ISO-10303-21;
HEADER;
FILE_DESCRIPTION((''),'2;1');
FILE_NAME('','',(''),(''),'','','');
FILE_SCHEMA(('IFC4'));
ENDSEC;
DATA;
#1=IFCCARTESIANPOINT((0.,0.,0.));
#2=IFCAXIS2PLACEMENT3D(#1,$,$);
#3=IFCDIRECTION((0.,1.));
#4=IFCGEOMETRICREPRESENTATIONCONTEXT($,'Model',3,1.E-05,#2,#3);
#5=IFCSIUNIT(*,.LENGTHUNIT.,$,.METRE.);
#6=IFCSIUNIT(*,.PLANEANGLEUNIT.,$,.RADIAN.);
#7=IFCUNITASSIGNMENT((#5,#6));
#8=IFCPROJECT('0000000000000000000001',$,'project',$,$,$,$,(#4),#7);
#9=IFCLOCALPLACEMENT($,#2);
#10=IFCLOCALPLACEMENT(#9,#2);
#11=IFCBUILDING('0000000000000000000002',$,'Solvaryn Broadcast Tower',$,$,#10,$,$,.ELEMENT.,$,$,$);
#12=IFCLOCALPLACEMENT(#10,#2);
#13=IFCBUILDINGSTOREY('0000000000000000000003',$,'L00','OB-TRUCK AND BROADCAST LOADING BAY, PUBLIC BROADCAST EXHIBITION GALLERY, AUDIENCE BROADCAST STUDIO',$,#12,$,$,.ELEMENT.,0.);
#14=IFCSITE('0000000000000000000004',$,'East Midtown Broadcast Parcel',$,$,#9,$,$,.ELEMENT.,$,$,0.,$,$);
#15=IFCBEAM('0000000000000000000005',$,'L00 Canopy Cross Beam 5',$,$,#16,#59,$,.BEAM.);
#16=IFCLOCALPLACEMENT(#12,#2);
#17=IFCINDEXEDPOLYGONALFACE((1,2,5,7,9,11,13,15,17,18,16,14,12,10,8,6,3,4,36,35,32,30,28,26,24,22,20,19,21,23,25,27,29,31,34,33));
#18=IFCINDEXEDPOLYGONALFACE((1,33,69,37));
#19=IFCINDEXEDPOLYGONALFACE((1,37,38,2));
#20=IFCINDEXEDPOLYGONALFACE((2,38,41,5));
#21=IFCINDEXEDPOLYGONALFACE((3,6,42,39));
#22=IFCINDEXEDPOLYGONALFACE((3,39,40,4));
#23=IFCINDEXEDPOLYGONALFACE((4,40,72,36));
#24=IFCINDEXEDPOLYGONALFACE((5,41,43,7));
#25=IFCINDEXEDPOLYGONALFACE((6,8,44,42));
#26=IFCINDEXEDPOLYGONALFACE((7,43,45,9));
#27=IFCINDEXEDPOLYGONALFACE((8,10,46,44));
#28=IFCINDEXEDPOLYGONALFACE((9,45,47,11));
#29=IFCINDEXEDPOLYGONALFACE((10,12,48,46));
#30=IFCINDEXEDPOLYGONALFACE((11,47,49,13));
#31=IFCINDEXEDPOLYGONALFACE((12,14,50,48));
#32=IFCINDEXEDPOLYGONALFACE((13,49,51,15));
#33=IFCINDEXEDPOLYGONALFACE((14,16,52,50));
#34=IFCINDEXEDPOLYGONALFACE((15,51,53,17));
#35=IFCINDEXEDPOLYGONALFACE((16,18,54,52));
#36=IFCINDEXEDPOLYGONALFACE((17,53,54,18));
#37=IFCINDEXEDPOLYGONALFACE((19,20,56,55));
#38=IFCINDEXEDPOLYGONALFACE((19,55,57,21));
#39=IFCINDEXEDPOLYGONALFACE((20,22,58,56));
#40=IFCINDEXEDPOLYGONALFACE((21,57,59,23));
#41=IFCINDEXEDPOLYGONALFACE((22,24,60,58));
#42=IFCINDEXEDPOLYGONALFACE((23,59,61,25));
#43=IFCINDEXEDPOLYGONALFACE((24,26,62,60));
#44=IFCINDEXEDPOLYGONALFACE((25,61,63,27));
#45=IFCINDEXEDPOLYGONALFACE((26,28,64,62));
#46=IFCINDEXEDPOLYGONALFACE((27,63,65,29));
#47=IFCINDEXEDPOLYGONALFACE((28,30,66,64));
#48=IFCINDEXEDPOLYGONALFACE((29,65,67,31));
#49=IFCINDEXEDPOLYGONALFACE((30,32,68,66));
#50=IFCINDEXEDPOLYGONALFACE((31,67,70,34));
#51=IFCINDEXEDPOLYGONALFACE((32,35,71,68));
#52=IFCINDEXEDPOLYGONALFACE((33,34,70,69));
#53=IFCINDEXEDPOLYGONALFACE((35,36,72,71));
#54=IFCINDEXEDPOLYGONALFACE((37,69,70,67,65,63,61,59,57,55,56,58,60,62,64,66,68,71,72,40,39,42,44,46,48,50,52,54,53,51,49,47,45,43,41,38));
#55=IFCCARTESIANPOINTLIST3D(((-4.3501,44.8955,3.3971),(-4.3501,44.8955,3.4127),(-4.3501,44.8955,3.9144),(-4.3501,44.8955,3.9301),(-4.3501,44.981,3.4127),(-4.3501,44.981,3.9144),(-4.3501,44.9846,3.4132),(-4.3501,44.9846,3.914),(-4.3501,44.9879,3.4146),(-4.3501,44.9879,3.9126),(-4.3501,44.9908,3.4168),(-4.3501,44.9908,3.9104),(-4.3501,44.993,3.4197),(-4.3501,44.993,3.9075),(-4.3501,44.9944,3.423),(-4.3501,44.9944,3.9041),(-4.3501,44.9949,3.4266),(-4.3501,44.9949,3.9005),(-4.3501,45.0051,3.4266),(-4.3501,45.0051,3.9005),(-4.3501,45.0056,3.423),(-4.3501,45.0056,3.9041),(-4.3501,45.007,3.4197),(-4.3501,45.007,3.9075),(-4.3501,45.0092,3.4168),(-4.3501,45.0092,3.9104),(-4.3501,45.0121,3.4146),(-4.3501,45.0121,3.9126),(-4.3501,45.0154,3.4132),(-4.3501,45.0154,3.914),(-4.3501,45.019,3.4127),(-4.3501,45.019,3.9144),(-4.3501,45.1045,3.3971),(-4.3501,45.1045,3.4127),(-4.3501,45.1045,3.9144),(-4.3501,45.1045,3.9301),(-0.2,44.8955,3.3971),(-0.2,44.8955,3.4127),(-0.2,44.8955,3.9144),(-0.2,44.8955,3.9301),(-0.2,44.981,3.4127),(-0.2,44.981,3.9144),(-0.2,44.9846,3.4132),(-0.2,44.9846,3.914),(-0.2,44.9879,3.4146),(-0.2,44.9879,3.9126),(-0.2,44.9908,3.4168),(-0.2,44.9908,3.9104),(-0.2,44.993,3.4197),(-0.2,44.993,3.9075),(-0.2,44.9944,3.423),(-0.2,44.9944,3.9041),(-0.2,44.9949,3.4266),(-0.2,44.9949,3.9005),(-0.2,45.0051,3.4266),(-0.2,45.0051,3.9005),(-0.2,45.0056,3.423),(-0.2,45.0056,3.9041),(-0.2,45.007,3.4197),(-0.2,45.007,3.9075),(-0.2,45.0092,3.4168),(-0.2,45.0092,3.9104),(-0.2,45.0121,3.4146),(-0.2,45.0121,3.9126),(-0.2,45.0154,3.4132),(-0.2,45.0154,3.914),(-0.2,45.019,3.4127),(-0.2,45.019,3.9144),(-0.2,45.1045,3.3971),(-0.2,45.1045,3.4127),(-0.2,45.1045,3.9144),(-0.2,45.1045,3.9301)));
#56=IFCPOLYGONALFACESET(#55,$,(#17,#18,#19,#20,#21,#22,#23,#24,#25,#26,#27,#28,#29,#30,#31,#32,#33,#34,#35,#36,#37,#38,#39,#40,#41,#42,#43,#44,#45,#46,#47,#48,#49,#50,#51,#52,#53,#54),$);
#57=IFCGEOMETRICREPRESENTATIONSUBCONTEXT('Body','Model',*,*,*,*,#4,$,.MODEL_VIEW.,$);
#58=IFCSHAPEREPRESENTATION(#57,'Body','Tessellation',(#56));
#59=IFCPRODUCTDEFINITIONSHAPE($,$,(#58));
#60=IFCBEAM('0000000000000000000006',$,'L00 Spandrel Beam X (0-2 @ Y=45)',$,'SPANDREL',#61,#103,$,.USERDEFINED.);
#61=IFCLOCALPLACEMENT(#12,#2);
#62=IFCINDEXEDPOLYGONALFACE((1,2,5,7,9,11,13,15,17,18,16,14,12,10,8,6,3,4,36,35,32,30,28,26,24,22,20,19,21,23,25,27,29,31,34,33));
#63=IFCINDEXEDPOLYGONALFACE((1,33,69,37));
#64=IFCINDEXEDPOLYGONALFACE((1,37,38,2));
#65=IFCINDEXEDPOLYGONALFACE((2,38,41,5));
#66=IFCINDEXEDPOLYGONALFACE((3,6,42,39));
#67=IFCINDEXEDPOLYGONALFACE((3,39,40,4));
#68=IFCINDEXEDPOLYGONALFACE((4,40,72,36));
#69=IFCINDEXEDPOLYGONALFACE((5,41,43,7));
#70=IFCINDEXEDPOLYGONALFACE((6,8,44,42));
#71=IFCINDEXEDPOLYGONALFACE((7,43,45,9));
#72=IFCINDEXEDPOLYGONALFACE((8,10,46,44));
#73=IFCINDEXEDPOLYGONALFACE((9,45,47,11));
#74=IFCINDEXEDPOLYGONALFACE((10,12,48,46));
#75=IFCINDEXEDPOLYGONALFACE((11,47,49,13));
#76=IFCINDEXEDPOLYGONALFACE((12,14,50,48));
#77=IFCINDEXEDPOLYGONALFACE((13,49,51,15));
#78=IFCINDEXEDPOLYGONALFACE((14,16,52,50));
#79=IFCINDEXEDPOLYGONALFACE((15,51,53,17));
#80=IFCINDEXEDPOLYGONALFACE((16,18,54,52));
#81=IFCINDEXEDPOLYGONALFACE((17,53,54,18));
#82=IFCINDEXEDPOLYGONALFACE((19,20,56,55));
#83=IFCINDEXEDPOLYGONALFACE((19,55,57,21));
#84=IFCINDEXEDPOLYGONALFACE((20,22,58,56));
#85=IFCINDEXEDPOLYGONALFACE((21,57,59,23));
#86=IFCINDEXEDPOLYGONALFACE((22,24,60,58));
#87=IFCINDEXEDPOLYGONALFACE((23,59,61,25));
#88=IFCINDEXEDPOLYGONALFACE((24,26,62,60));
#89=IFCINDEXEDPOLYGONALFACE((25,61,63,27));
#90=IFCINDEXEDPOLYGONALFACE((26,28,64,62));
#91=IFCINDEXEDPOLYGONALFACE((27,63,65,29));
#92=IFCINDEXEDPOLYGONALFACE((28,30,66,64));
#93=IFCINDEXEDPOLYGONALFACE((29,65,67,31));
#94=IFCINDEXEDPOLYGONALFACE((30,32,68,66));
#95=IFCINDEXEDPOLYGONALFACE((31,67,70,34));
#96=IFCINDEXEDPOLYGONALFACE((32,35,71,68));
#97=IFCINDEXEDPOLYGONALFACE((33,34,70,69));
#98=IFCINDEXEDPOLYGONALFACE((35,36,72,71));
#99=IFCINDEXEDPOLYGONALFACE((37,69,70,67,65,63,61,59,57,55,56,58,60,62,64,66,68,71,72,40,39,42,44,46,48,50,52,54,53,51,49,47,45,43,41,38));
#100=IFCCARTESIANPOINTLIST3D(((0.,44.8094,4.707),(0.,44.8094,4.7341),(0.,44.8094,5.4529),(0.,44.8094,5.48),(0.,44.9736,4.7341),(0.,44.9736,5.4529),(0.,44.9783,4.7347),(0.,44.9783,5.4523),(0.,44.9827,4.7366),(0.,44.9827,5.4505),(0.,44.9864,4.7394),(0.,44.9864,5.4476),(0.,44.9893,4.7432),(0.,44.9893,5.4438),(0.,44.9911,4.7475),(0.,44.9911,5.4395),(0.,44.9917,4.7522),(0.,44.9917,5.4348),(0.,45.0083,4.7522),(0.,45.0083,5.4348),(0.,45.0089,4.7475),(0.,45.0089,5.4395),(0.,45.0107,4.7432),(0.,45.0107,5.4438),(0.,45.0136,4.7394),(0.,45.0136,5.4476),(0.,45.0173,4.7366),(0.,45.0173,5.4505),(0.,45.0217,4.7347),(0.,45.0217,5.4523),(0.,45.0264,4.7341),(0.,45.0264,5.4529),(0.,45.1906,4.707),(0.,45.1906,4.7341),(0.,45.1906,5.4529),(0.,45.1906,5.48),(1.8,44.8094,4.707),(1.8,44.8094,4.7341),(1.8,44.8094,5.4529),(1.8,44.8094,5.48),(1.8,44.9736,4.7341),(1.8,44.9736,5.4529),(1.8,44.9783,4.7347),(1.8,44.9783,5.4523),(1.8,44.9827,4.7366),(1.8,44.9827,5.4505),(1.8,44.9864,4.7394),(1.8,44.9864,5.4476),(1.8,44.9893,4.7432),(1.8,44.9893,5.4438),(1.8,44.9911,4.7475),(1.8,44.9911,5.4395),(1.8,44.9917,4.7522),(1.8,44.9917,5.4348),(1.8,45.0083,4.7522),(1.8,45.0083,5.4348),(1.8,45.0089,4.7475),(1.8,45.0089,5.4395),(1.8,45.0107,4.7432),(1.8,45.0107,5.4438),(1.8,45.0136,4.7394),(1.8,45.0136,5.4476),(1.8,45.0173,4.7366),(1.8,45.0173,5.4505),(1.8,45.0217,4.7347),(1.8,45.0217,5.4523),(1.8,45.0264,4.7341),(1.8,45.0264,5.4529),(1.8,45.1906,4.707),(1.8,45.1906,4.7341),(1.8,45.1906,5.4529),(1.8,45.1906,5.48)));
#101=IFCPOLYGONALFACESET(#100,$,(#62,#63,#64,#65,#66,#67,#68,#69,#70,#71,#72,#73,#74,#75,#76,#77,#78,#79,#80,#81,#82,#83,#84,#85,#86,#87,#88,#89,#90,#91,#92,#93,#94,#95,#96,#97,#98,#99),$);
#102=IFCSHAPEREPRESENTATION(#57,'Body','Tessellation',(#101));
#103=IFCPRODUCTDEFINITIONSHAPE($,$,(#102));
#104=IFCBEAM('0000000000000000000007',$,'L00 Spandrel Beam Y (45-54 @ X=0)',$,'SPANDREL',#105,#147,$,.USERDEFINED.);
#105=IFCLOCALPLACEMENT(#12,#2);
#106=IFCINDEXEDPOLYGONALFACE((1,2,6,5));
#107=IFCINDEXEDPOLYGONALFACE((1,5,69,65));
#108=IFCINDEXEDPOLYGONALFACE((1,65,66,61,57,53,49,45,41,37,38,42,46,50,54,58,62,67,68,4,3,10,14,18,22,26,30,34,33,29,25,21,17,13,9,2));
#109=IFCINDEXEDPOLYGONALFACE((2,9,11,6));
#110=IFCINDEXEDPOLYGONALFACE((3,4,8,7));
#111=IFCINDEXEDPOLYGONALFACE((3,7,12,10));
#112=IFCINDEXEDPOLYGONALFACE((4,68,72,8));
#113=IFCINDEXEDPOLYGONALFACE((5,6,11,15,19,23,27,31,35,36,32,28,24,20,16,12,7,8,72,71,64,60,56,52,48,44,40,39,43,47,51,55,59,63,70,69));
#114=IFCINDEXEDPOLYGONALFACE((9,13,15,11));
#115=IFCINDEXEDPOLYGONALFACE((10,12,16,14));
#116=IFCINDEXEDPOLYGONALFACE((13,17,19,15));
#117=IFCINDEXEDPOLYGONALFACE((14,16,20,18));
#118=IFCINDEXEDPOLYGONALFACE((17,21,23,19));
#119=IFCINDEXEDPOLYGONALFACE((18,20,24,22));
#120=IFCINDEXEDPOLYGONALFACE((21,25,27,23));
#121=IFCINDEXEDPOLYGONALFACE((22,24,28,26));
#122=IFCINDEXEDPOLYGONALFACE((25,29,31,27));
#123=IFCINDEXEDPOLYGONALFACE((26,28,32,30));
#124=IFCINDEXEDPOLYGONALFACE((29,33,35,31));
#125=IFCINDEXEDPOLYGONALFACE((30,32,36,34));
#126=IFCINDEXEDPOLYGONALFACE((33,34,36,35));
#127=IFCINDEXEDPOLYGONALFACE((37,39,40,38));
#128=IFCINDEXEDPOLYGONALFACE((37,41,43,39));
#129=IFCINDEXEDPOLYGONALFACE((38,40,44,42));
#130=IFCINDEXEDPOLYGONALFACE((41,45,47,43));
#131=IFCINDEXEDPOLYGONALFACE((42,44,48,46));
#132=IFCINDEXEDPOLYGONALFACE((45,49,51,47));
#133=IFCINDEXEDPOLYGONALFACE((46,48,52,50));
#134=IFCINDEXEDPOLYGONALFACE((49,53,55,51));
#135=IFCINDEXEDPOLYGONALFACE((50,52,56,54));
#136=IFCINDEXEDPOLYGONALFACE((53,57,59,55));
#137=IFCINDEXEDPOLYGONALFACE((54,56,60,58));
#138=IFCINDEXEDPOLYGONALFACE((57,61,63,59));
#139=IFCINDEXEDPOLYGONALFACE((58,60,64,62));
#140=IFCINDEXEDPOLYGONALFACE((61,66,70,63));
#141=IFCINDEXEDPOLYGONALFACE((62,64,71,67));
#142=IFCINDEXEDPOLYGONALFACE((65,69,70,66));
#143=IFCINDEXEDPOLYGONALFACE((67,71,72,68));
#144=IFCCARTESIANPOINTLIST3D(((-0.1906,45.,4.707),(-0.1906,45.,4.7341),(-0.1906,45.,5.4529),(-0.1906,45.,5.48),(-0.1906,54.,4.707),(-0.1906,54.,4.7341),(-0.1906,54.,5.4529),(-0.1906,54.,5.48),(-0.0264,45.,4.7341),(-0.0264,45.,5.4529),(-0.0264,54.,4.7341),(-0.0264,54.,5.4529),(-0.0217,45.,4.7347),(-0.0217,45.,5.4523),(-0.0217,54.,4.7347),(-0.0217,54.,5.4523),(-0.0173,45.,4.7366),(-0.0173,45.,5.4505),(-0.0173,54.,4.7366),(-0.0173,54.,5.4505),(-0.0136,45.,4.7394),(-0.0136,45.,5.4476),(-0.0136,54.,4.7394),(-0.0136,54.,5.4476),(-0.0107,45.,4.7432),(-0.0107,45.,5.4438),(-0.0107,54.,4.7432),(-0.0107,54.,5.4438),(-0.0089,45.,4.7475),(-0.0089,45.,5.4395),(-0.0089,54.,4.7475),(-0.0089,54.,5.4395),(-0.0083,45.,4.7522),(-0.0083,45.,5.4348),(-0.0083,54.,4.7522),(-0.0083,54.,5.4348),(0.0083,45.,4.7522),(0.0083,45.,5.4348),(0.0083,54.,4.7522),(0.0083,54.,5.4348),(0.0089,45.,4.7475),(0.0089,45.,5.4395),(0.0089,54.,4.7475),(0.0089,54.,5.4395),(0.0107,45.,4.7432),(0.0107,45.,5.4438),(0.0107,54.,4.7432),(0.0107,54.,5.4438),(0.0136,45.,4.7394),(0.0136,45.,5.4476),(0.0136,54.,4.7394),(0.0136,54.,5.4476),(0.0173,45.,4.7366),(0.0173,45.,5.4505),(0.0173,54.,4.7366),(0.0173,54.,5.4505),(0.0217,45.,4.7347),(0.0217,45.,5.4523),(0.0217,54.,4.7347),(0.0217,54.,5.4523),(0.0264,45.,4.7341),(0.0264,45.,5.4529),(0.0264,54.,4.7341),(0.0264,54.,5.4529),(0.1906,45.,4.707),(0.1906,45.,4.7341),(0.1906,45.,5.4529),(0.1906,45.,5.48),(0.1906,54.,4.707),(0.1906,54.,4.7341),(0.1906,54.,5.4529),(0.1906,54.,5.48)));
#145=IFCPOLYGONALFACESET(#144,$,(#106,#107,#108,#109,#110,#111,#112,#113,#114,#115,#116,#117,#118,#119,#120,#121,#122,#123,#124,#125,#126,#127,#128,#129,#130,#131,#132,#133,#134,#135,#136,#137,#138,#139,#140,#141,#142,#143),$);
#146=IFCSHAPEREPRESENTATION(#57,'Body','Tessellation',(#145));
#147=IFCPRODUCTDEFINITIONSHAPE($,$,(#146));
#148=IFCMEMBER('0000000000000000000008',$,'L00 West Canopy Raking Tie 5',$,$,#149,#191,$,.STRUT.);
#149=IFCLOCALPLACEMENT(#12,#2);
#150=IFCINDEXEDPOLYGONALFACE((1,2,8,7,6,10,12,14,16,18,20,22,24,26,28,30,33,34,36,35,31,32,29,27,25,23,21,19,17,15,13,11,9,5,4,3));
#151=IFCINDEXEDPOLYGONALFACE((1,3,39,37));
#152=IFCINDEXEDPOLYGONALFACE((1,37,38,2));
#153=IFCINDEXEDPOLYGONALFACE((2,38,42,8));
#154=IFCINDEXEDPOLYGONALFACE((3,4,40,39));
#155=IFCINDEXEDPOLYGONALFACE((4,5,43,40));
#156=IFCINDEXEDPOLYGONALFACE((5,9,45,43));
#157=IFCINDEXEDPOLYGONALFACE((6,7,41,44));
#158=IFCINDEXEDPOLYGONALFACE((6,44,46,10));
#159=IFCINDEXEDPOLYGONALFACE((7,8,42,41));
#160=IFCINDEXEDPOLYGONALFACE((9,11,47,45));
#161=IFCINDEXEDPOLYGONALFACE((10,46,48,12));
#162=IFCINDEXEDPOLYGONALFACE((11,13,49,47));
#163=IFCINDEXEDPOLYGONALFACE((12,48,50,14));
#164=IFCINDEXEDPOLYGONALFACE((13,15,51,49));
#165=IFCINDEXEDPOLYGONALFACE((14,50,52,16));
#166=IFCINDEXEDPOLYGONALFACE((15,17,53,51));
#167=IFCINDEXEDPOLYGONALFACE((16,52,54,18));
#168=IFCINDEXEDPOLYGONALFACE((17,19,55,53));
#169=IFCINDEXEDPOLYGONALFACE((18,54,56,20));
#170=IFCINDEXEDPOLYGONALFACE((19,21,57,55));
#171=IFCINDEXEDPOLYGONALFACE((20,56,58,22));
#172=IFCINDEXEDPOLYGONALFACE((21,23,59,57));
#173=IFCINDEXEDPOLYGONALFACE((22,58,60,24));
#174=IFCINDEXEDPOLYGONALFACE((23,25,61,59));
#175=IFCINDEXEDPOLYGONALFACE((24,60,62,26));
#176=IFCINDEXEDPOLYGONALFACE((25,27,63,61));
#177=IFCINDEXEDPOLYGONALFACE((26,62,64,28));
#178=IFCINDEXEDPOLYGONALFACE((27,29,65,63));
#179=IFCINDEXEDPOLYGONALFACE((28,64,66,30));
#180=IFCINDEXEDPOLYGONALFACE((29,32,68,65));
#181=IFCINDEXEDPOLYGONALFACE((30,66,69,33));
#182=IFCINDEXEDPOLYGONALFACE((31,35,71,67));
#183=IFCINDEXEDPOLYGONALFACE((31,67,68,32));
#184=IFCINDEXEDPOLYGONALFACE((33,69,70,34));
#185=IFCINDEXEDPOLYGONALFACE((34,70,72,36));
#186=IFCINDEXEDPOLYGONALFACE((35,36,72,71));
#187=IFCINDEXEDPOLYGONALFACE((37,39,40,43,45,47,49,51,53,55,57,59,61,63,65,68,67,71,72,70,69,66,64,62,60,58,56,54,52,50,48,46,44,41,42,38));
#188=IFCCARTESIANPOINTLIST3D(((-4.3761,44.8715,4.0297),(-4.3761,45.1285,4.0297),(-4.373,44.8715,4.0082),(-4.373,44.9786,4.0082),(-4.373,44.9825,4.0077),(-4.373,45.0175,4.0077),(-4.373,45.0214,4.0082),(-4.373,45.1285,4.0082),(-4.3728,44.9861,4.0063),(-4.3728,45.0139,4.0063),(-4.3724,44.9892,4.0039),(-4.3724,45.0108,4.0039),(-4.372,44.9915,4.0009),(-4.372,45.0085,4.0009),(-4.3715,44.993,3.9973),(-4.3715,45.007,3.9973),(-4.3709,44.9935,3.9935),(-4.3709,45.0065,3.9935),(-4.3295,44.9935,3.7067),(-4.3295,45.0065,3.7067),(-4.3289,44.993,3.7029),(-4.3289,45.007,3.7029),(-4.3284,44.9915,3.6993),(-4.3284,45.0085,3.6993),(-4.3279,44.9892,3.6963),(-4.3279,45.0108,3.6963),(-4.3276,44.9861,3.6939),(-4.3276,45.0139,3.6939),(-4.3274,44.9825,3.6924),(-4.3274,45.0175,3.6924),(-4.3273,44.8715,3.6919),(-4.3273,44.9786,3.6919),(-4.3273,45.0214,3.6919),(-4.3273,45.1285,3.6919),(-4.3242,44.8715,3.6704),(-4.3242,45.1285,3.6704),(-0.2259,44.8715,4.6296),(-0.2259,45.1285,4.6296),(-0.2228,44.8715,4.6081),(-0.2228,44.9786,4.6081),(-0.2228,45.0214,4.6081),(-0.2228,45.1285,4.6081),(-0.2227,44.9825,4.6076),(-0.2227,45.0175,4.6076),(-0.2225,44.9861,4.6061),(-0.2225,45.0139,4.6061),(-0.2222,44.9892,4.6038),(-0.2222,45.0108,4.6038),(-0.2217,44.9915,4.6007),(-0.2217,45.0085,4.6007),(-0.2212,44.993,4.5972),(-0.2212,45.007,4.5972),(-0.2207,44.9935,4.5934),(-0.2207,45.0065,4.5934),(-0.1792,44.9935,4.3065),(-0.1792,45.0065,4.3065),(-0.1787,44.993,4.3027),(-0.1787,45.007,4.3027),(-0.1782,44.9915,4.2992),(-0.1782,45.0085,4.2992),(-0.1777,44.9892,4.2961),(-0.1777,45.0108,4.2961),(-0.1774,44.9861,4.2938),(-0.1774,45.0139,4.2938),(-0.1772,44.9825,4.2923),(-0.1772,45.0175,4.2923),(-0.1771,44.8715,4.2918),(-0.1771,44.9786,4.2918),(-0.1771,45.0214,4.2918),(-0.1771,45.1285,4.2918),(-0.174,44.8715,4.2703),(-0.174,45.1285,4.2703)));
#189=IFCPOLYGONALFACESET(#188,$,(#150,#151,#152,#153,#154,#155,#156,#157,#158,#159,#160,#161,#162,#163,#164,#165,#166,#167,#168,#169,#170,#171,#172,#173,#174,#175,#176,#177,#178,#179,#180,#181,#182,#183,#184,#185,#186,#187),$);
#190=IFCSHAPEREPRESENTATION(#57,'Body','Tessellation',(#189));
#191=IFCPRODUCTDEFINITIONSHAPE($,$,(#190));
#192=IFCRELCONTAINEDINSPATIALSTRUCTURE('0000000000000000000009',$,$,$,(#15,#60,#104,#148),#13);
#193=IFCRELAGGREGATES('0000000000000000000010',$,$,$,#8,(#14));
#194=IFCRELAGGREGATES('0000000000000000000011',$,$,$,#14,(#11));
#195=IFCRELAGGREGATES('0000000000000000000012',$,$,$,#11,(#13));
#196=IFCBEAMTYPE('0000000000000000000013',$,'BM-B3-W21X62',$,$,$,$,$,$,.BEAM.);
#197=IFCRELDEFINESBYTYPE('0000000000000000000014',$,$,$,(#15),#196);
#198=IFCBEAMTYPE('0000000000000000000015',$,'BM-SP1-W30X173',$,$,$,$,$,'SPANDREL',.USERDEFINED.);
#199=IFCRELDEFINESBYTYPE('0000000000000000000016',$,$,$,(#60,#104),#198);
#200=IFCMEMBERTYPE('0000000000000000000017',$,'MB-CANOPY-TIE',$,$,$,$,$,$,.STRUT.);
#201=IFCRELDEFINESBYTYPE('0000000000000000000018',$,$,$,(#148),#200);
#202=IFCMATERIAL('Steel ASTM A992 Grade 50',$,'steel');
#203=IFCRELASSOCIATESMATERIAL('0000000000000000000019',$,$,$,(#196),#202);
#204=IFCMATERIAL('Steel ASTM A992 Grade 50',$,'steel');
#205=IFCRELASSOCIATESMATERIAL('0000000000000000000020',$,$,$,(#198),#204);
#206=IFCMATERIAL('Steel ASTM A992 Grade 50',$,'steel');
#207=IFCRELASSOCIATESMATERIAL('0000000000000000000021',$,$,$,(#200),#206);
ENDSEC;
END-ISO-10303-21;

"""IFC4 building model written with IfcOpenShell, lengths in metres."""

from ifc_helpers import new_model, si_unit, direction, frame, origin, origin_2d, place, context, subcontext, project, spatial, i_section, extrude, material, material_profile, profile_set, type_object, element, save


model = new_model("IFC4")

# Units and contexts
model_context = context("Model", 3, precision=1e-05, world=origin(), true_north=direction((0.0, 1.0)))
body_context = subcontext(model_context, "Body", "Model", "MODEL_VIEW")
ifc_project = project(units=[si_unit("LENGTHUNIT", "METRE"), si_unit("PLANEANGLEUNIT", "RADIAN")], contexts=[model_context])

# Site, building, storey
site_placement = place(None, origin())
site = spatial("IfcSite", under=ifc_project, at=site_placement, Name="East Midtown Broadcast Parcel", CompositionType="ELEMENT", RefElevation=0.0)
building_placement = place(site_placement, origin())
building = spatial("IfcBuilding", under=site, at=building_placement, Name="Solvaryn Broadcast Tower", CompositionType="ELEMENT")
storey_placement = place(building_placement, origin())
storey = spatial("IfcBuildingStorey", under=building, at=storey_placement, Name="L00", Description="OB-TRUCK AND BROADCAST LOADING BAY, PUBLIC BROADCAST EXHIBITION GALLERY, AUDIENCE BROADCAST STUDIO", CompositionType="ELEMENT", Elevation=0.0)

# Beams
ifc_material_1 = material(Name="Steel ASTM A992 Grade 50", Category="steel")
ifc_material_profile_1 = material_profile(ifc_material_1, i_section(OverallWidth=0.209, OverallDepth=0.533, WebThickness=0.0103, FlangeThickness=0.0156, FilletRadius=0.0139, at=origin_2d()))
ifc_profile_set_1 = profile_set([ifc_material_profile_1], Name="Steel ASTM A992 Grade 50")
beam_type_1 = type_object("IfcBeamType", Name="BM-B3-W21X62", PredefinedType="BEAM", material=ifc_profile_set_1)
beam_1_placement = place(storey_placement, frame((-4.3501, 45.0, 3.6636), z_axis=(1.0, 0.0, 0.0), x_axis=(0.0, 1.0, 0.0)))
element("IfcBeam", 1, at=beam_1_placement, inside=storey, type_object=beam_type_1, Name="L00 Canopy Cross Beam 5", PredefinedType="BEAM", context=body_context, shape_type="SweptSolid", body=[
    extrude(i_section(OverallWidth=0.209, OverallDepth=0.533, WebThickness=0.0103, FlangeThickness=0.0156, FilletRadius=0.0139, at=origin_2d()), origin(), (0.0, 0.0, 1.0), 4.1501),
])
ifc_material_2 = material(Name="Steel ASTM A992 Grade 50", Category="steel")
ifc_material_profile_2 = material_profile(ifc_material_2, i_section(OverallWidth=0.3811, OverallDepth=0.7729, WebThickness=0.0166, FlangeThickness=0.0271, FilletRadius=0.0181, at=origin_2d()))
ifc_profile_set_2 = profile_set([ifc_material_profile_2], Name="Steel ASTM A992 Grade 50")
beam_type_2 = type_object("IfcBeamType", Name="BM-SP1-W30X173", ElementType="SPANDREL", PredefinedType="USERDEFINED", material=ifc_profile_set_2)
beam_2_placement = place(storey_placement, frame((0.0, 45.0, 5.0935), z_axis=(1.0, 0.0, 0.0), x_axis=(0.0, 1.0, 0.0)))
element("IfcBeam", 2, at=beam_2_placement, inside=storey, type_object=beam_type_2, Name="L00 Spandrel Beam X (0-2 @ Y=45)", ObjectType="SPANDREL", PredefinedType="USERDEFINED", context=body_context, shape_type="SweptSolid", body=[
    extrude(i_section(OverallWidth=0.3811, OverallDepth=0.7729, WebThickness=0.0166, FlangeThickness=0.0271, FilletRadius=0.0181, at=origin_2d()), origin(), (0.0, 0.0, 1.0), 1.8),
])
beam_3_placement = place(storey_placement, frame((0.0, 45.0, 5.0935), z_axis=(0.0, 1.0, 0.0), x_axis=(-1.0, 0.0, 0.0)))
element("IfcBeam", 3, at=beam_3_placement, inside=storey, type_object=beam_type_2, Name="L00 Spandrel Beam Y (45-54 @ X=0)", ObjectType="SPANDREL", PredefinedType="USERDEFINED", context=body_context, shape_type="SweptSolid", body=[
    extrude(i_section(OverallWidth=0.3811, OverallDepth=0.7729, WebThickness=0.0166, FlangeThickness=0.0271, FilletRadius=0.0181, at=origin_2d()), origin(), (0.0, 0.0, 1.0), 9.0),
])

# Member
ifc_material_3 = material(Name="Steel ASTM A992 Grade 50", Category="steel")
ifc_material_profile_3 = material_profile(ifc_material_3, i_section(OverallWidth=0.2571, OverallDepth=0.363, WebThickness=0.0129, FlangeThickness=0.0217, FilletRadius=0.0149, at=origin_2d()))
ifc_profile_set_3 = profile_set([ifc_material_profile_3], Name="Steel ASTM A992 Grade 50")
member_type = type_object("IfcMemberType", Name="MB-CANOPY-TIE", PredefinedType="STRUT", material=ifc_profile_set_3)
member_placement = place(storey_placement, frame((-0.2, 45.0, 4.45), z_axis=(-0.989715, 0.0, -0.143051), x_axis=(0.0, -1.0, 0.0)))
element("IfcMember", 4, at=member_placement, inside=storey, type_object=member_type, Name="L00 West Canopy Raking Tie 5", PredefinedType="STRUT", context=body_context, shape_type="SweptSolid", body=[
    extrude(i_section(OverallWidth=0.2571, OverallDepth=0.363, WebThickness=0.0129, FlangeThickness=0.0217, FilletRadius=0.0149, at=origin_2d()), origin(), (0.0, 0.0, 1.0), 4.1934),
])

save(model, "model.ifc")
